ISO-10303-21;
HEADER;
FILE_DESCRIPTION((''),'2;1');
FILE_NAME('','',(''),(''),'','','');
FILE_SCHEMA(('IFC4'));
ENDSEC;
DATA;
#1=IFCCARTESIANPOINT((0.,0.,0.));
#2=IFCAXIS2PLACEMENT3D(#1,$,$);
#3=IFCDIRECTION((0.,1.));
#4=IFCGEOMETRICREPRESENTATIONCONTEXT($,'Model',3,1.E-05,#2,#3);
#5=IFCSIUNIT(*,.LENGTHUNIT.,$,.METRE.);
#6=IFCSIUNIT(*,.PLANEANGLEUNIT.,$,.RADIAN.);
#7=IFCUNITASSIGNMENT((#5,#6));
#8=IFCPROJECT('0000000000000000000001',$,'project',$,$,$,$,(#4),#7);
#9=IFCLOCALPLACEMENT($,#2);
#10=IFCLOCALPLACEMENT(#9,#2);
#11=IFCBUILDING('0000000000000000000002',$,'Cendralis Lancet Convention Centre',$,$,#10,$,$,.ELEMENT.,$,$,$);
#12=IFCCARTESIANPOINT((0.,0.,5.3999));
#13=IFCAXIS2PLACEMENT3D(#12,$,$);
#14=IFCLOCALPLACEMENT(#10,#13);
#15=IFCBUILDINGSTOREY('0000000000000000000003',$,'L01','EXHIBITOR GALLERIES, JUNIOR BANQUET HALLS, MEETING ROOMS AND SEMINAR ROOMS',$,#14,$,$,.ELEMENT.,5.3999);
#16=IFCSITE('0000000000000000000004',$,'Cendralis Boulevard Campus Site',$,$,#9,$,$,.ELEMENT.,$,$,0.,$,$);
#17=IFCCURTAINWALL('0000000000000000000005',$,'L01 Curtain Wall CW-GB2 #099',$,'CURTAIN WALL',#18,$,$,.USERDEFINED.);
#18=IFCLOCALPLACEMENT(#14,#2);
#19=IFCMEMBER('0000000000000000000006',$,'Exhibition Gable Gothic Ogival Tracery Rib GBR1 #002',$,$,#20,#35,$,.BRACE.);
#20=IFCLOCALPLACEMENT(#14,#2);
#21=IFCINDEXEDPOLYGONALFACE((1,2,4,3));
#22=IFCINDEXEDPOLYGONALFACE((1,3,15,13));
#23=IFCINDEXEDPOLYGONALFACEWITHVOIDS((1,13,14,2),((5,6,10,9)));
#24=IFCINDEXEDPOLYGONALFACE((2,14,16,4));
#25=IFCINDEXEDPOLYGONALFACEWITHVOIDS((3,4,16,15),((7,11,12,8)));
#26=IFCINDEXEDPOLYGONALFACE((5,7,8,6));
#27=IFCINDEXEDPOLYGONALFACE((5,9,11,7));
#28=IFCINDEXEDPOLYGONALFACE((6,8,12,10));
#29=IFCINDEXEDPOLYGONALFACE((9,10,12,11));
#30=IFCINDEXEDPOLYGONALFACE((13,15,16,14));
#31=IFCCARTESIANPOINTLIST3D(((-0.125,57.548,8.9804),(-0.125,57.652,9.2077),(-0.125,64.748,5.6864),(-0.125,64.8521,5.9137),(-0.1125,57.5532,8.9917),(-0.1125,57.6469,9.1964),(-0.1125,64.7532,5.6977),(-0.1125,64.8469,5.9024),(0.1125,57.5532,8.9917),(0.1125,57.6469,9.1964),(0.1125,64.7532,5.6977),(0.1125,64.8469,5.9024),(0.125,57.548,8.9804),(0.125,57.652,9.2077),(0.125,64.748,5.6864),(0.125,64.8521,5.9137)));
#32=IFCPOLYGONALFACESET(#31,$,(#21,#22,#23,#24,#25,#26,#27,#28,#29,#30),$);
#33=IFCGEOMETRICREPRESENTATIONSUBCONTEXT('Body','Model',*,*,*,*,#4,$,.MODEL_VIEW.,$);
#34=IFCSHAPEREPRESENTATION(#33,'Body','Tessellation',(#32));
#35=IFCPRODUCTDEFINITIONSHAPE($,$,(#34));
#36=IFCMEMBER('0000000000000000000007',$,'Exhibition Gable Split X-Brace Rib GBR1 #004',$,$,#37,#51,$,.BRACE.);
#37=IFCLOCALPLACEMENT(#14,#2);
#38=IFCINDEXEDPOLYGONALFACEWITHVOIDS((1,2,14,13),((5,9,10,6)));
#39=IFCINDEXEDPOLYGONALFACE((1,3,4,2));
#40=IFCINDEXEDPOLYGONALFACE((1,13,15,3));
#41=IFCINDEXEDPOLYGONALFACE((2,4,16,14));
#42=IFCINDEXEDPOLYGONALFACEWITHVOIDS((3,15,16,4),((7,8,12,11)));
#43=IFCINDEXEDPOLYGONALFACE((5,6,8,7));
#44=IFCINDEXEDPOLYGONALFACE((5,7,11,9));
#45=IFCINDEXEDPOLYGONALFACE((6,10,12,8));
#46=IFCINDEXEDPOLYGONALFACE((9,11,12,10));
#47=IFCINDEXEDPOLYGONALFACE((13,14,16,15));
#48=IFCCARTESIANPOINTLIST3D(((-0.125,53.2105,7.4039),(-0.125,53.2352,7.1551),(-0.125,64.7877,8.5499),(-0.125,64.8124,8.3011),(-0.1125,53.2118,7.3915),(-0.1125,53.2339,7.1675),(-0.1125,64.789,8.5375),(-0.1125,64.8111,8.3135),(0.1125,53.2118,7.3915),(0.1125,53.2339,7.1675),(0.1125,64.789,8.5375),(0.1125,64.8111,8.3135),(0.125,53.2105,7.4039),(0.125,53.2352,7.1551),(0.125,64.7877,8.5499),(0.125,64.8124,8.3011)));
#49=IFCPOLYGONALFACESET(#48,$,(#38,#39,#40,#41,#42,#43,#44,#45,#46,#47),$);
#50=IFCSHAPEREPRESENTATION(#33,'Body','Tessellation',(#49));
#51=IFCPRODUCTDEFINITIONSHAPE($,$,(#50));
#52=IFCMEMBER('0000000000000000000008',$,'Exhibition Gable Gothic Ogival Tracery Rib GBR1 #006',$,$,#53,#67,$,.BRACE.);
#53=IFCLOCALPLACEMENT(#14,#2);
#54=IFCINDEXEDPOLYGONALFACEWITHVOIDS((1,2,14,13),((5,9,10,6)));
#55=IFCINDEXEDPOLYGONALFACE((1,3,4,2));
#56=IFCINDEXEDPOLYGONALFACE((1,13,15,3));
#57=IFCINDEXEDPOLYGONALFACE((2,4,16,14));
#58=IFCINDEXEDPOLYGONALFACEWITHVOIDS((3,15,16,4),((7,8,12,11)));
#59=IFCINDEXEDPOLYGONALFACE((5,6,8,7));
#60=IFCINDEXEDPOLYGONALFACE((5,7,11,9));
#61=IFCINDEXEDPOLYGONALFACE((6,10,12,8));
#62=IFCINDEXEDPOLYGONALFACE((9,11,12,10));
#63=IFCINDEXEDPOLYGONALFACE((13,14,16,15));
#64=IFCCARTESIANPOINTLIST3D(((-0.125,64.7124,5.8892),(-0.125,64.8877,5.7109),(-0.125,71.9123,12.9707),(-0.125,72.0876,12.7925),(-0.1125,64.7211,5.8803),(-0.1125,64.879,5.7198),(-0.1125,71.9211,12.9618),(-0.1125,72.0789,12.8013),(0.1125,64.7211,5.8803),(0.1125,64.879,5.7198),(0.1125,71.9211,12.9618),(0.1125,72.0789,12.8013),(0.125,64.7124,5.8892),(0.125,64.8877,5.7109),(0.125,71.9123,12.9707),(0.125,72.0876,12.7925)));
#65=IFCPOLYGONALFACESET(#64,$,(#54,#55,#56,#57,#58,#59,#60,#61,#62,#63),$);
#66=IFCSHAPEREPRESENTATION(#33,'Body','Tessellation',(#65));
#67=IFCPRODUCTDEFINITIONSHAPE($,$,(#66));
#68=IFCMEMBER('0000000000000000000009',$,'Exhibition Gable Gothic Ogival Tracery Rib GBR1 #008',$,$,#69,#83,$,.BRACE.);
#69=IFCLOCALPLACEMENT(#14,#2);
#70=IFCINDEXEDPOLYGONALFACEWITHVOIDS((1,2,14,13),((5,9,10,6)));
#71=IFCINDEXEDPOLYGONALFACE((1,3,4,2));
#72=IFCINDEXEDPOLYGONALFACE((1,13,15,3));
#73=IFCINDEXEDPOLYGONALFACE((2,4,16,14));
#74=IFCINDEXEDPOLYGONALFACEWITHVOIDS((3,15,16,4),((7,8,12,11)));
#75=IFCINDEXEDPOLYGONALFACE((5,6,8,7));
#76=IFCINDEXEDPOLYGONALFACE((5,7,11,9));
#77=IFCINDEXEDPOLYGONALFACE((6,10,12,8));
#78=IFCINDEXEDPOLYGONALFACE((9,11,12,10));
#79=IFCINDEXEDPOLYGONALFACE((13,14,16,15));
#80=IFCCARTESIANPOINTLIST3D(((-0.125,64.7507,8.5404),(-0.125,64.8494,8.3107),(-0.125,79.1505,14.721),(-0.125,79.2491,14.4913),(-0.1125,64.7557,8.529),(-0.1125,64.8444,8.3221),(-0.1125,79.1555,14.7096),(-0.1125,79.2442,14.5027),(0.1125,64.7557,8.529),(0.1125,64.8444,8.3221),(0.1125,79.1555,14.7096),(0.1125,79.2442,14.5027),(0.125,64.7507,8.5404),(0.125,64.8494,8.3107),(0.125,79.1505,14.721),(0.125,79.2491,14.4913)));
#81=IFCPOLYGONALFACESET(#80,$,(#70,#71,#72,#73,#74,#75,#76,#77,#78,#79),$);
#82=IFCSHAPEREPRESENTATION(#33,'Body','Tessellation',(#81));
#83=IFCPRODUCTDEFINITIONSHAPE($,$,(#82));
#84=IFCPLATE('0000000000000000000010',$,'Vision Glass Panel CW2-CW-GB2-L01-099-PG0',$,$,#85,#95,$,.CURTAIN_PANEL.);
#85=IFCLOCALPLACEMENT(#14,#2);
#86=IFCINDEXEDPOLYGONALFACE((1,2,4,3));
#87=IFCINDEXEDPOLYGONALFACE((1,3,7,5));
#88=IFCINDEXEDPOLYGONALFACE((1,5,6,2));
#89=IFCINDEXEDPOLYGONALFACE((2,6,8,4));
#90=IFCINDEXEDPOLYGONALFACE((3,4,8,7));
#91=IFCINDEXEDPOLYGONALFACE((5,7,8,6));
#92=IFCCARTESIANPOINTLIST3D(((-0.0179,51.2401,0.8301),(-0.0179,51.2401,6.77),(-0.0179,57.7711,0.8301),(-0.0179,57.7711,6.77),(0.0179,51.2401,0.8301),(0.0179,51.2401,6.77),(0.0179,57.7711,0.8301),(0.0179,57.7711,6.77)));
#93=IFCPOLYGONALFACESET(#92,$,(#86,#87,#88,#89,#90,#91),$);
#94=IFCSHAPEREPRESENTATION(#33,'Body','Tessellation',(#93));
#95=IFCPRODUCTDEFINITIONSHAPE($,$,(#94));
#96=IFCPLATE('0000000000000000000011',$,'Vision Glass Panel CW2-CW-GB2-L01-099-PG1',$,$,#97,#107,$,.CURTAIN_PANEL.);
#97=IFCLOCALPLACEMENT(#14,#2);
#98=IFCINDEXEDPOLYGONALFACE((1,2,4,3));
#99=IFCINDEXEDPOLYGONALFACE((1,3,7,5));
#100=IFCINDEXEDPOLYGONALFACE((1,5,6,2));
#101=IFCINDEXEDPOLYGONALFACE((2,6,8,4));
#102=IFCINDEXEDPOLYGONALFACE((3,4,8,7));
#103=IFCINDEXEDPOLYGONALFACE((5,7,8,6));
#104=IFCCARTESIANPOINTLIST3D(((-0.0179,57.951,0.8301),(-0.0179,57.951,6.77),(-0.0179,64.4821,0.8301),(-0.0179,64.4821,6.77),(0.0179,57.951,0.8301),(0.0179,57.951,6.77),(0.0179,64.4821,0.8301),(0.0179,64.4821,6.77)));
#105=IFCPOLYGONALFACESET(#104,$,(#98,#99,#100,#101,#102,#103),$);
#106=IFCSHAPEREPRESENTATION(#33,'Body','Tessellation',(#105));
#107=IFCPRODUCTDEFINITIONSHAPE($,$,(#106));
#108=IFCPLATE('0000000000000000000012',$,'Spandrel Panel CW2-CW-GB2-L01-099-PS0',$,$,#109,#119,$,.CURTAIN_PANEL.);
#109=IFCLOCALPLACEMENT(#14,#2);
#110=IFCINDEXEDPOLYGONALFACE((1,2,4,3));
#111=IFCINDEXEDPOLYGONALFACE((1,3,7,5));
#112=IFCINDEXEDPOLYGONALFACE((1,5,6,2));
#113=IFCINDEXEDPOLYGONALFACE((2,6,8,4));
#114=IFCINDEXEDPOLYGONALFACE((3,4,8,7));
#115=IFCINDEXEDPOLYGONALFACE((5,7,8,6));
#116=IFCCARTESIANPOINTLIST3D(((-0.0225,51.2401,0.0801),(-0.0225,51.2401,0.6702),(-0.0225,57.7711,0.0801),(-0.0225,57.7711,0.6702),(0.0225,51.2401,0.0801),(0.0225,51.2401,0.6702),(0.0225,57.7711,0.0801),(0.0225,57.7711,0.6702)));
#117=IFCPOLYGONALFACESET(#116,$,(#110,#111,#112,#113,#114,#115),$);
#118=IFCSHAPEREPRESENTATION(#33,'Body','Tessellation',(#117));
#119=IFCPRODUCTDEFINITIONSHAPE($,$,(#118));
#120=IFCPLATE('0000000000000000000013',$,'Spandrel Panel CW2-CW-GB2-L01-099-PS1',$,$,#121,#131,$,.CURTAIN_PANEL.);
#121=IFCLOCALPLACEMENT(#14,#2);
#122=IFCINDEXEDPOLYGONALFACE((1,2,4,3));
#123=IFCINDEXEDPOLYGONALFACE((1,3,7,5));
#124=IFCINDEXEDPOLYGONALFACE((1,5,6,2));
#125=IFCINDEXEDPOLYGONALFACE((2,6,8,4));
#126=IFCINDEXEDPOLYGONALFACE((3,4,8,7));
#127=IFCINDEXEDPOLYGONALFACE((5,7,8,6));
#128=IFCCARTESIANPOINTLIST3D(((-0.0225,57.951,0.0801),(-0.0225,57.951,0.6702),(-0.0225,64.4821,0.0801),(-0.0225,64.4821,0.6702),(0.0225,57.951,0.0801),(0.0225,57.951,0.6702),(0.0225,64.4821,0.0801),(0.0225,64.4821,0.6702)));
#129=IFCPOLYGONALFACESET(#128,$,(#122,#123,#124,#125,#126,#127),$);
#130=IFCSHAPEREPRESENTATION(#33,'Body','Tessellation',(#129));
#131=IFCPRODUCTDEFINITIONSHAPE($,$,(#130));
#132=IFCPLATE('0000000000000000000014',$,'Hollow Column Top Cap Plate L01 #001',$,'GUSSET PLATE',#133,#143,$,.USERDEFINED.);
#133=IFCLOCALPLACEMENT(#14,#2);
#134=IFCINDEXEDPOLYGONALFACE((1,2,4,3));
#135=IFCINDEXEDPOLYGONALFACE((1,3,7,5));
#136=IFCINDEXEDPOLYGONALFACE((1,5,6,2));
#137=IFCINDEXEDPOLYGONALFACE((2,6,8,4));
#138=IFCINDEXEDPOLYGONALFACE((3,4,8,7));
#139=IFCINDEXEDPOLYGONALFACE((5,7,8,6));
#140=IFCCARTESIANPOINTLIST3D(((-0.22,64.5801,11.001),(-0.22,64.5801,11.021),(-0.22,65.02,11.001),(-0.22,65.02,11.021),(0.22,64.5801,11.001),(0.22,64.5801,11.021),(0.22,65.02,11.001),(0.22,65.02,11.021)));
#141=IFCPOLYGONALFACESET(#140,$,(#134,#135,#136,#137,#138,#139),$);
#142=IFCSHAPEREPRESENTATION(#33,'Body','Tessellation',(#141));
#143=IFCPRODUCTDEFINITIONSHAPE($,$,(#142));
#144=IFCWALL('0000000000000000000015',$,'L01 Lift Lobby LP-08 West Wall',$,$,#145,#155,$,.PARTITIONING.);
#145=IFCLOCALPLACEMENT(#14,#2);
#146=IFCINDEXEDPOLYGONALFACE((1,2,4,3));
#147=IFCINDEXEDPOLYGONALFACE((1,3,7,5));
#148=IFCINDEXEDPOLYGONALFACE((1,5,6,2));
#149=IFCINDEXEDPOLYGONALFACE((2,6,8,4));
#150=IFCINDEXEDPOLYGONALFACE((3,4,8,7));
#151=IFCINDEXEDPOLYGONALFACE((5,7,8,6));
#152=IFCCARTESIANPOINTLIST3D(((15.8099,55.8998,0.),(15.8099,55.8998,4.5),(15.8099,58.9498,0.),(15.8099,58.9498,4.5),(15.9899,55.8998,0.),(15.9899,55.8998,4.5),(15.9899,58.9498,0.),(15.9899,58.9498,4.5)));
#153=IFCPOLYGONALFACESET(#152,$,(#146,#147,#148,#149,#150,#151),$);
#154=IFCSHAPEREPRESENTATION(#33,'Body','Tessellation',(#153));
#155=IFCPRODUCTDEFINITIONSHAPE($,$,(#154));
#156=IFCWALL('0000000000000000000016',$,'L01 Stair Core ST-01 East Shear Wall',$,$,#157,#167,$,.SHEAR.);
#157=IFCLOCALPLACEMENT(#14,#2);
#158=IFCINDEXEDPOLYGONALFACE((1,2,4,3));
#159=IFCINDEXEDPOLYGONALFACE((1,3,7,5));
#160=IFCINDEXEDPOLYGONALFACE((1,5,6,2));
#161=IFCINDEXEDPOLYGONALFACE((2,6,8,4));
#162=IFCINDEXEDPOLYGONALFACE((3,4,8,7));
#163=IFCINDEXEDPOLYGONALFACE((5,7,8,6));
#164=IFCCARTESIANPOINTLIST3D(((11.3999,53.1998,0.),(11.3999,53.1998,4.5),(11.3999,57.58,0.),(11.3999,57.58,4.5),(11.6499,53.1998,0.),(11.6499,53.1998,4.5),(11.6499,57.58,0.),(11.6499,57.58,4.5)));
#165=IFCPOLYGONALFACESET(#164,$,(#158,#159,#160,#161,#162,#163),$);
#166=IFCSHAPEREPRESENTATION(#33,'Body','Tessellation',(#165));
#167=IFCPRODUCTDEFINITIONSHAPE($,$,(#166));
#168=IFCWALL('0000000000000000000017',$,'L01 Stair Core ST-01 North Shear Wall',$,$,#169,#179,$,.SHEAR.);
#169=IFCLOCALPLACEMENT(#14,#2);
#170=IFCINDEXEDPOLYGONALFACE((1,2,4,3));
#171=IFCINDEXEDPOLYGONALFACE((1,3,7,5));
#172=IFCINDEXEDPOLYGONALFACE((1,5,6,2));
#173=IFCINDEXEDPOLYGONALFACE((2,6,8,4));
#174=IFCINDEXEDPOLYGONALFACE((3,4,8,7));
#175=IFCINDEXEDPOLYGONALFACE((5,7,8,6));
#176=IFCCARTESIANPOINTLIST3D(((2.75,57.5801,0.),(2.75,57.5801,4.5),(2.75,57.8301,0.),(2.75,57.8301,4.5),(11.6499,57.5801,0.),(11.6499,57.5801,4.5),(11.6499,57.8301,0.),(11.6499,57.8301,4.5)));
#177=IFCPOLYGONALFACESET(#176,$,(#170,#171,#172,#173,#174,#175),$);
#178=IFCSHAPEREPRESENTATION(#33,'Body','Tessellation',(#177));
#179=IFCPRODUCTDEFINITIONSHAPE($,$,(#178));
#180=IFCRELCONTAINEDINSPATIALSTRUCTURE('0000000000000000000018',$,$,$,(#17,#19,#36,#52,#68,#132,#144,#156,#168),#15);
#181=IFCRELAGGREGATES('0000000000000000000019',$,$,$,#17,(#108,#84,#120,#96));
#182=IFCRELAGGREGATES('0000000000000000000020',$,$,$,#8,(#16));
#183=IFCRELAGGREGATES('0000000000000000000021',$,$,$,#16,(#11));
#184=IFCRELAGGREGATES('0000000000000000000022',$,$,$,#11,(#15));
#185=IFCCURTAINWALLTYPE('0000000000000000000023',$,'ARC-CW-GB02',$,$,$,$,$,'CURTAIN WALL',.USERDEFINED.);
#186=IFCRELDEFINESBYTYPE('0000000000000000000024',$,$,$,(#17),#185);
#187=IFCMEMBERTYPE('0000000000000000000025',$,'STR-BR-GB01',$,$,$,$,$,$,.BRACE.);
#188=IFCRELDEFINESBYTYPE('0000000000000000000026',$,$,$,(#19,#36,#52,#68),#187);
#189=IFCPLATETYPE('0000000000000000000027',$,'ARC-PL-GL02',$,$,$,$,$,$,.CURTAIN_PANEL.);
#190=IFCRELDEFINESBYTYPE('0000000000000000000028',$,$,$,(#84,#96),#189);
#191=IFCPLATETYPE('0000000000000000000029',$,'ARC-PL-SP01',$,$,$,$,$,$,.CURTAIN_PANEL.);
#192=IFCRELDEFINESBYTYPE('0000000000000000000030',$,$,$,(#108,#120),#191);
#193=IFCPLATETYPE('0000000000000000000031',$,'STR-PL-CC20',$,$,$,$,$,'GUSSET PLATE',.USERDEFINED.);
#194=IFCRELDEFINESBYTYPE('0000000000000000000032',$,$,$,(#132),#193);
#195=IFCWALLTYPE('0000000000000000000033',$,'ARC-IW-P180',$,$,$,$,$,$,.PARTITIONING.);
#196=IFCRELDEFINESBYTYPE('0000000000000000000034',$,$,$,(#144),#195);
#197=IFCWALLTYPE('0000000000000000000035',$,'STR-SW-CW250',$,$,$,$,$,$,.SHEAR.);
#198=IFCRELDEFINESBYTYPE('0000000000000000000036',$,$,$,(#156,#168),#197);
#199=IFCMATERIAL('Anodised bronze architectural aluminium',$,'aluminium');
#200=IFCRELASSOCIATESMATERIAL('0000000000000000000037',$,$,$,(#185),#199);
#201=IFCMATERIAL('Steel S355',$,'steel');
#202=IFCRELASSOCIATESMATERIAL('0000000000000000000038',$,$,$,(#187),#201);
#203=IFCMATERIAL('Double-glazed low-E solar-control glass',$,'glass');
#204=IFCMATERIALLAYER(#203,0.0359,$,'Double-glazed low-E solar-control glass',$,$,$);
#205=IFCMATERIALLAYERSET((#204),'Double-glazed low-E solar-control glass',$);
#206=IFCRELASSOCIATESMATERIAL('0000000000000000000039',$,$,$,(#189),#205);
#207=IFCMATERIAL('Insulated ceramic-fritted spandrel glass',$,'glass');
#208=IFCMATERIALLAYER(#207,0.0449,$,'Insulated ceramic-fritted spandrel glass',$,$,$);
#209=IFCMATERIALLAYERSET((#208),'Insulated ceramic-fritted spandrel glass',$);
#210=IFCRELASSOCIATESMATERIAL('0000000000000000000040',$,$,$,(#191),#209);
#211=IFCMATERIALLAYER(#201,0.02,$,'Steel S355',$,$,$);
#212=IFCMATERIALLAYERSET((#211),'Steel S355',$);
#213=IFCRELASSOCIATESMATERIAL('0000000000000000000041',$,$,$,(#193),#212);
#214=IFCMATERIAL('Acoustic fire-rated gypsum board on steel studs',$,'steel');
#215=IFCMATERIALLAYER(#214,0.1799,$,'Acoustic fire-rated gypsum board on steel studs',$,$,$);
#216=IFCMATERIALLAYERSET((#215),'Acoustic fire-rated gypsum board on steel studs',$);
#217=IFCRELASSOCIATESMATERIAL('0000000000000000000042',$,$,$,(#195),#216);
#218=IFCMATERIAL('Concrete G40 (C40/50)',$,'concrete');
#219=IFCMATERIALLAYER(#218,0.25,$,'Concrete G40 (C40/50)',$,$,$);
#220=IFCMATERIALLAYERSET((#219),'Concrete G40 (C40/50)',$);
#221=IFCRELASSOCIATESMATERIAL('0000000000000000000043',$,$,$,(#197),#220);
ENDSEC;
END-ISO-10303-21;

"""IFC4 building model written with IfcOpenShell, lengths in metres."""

from ifc_helpers import new_model, si_unit, direction, frame, frame_2d, origin, origin_2d, place, context, subcontext, project, spatial, rectangle, hollow_rectangle, extrude, material, layer, layer_set, material_profile, profile_set, type_object, element, aggregate, save


model = new_model("IFC4")

# Units and contexts
model_context = context("Model", 3, precision=1e-05, world=origin(), true_north=direction((0.0, 1.0)))
body_context = subcontext(model_context, "Body", "Model", "MODEL_VIEW")
ifc_project = project(units=[si_unit("LENGTHUNIT", "METRE"), si_unit("PLANEANGLEUNIT", "RADIAN")], contexts=[model_context])

# Site, building, storey
site_placement = place(None, origin())
site = spatial("IfcSite", under=ifc_project, at=site_placement, Name="Cendralis Boulevard Campus Site", CompositionType="ELEMENT", RefElevation=0.0)
building_placement = place(site_placement, origin())
building = spatial("IfcBuilding", under=site, at=building_placement, Name="Cendralis Lancet Convention Centre", CompositionType="ELEMENT")
storey_placement = place(building_placement, frame((0.0, 0.0, 5.3999)))
storey = spatial("IfcBuildingStorey", under=building, at=storey_placement, Name="L01", Description="EXHIBITOR GALLERIES, JUNIOR BANQUET HALLS, MEETING ROOMS AND SEMINAR ROOMS", CompositionType="ELEMENT", Elevation=5.3999)

# Shared definitions
ifc_material_1 = material(Name="Steel S355", Category="steel")

# Curtain wall
ifc_material_2 = material(Name="Anodised bronze architectural aluminium", Category="aluminium")
curtain_wall_type = type_object("IfcCurtainWallType", Name="ARC-CW-GB02", ElementType="CURTAIN WALL", PredefinedType="USERDEFINED", material=ifc_material_2)
curtain_wall_placement = place(storey_placement, origin())
curtain_wall = element("IfcCurtainWall", 1, at=curtain_wall_placement, inside=storey, type_object=curtain_wall_type, Name="L01 Curtain Wall CW-GB2 #099", ObjectType="CURTAIN WALL", PredefinedType="USERDEFINED")

# Members
ifc_material_profile_1 = material_profile(ifc_material_1, hollow_rectangle(XDim=0.25, YDim=0.25, WallThickness=0.0125, at=origin_2d()), Name="SHS 250x250x12.5")
ifc_profile_set_1 = profile_set([ifc_material_profile_1], Name="Steel S355")
member_type_1 = type_object("IfcMemberType", Name="STR-BR-GB01", PredefinedType="BRACE", material=ifc_profile_set_1)
member_1_placement = place(storey_placement, frame((0.0, 64.8, 5.8), z_axis=(0.0, -0.909353, 0.416025), x_axis=(1.0, 0.0, 0.0)))
element("IfcMember", 2, at=member_1_placement, inside=storey, type_object=member_type_1, Name="Exhibition Gable Gothic Ogival Tracery Rib GBR1 #002", PredefinedType="BRACE", context=body_context, shape_type="SweptSolid", body=[
    extrude(hollow_rectangle(XDim=0.25, YDim=0.25, WallThickness=0.0125, at=origin_2d()), origin(), (0.0, 0.0, 1.0), 7.9177),
])
member_2_placement = place(storey_placement, frame((0.0, 64.8, 8.4255), z_axis=(0.0, -0.995136, -0.098506), x_axis=(1.0, 0.0, 0.0)))
element("IfcMember", 3, at=member_2_placement, inside=storey, type_object=member_type_1, Name="Exhibition Gable Split X-Brace Rib GBR1 #004", PredefinedType="BRACE", context=body_context, shape_type="SweptSolid", body=[
    extrude(hollow_rectangle(XDim=0.25, YDim=0.25, WallThickness=0.0125, at=origin_2d()), origin(), (0.0, 0.0, 1.0), 11.6338),
])
member_3_placement = place(storey_placement, frame((0.0, 64.8, 5.8), z_axis=(0.0, 0.712945, 0.70122), x_axis=(-1.0, 0.0, 0.0)))
element("IfcMember", 4, at=member_3_placement, inside=storey, type_object=member_type_1, Name="Exhibition Gable Gothic Ogival Tracery Rib GBR1 #006", PredefinedType="BRACE", context=body_context, shape_type="SweptSolid", body=[
    extrude(hollow_rectangle(XDim=0.25, YDim=0.25, WallThickness=0.0125, at=origin_2d()), origin(), (0.0, 0.0, 1.0), 10.0989),
])
member_4_placement = place(storey_placement, frame((0.0, 64.8, 8.4255), z_axis=(0.0, 0.918931, 0.394419), x_axis=(-1.0, 0.0, 0.0)))
element("IfcMember", 5, at=member_4_placement, inside=storey, type_object=member_type_1, Name="Exhibition Gable Gothic Ogival Tracery Rib GBR1 #008", PredefinedType="BRACE", context=body_context, shape_type="SweptSolid", body=[
    extrude(hollow_rectangle(XDim=0.25, YDim=0.25, WallThickness=0.0125, at=origin_2d()), origin(), (0.0, 0.0, 1.0), 15.6702),
])

# Plates
ifc_material_3 = material(Name="Double-glazed low-E solar-control glass", Category="glass")
ifc_layer_1 = layer(ifc_material_3, 0.0359, Name="Double-glazed low-E solar-control glass")
ifc_layer_set_1 = layer_set([ifc_layer_1], Name="Double-glazed low-E solar-control glass")
plate_type_1 = type_object("IfcPlateType", Name="ARC-PL-GL02", PredefinedType="CURTAIN_PANEL", material=ifc_layer_set_1)
plate_1_placement = place(storey_placement, frame((0.0, 54.5056, 0.8301), z_axis=(0.0, 0.0, 1.0), x_axis=(0.0, 1.0, 0.0)))
plate_1 = element("IfcPlate", 6, at=plate_1_placement, type_object=plate_type_1, Name="Vision Glass Panel CW2-CW-GB2-L01-099-PG0", PredefinedType="CURTAIN_PANEL", context=body_context, shape_type="SweptSolid", body=[
    extrude(rectangle(XDim=6.531, YDim=0.0359, at=origin_2d()), origin(), (0.0, 0.0, 1.0), 5.9399),
])
plate_2_placement = place(storey_placement, frame((0.0, 61.2166, 0.8301), z_axis=(0.0, 0.0, 1.0), x_axis=(0.0, 1.0, 0.0)))
plate_2 = element("IfcPlate", 7, at=plate_2_placement, type_object=plate_type_1, Name="Vision Glass Panel CW2-CW-GB2-L01-099-PG1", PredefinedType="CURTAIN_PANEL", context=body_context, shape_type="SweptSolid", body=[
    extrude(rectangle(XDim=6.531, YDim=0.0359, at=origin_2d()), origin(), (0.0, 0.0, 1.0), 5.9399),
])
ifc_material_4 = material(Name="Insulated ceramic-fritted spandrel glass", Category="glass")
ifc_layer_2 = layer(ifc_material_4, 0.0449, Name="Insulated ceramic-fritted spandrel glass")
ifc_layer_set_2 = layer_set([ifc_layer_2], Name="Insulated ceramic-fritted spandrel glass")
plate_type_2 = type_object("IfcPlateType", Name="ARC-PL-SP01", PredefinedType="CURTAIN_PANEL", material=ifc_layer_set_2)
plate_3_placement = place(storey_placement, frame((0.0, 54.5056, 0.0801), z_axis=(0.0, 0.0, 1.0), x_axis=(0.0, 1.0, 0.0)))
plate_3 = element("IfcPlate", 8, at=plate_3_placement, type_object=plate_type_2, Name="Spandrel Panel CW2-CW-GB2-L01-099-PS0", PredefinedType="CURTAIN_PANEL", context=body_context, shape_type="SweptSolid", body=[
    extrude(rectangle(XDim=6.531, YDim=0.0449, at=origin_2d()), origin(), (0.0, 0.0, 1.0), 0.5901),
])
plate_4_placement = place(storey_placement, frame((0.0, 61.2166, 0.0801), z_axis=(0.0, 0.0, 1.0), x_axis=(0.0, 1.0, 0.0)))
plate_4 = element("IfcPlate", 9, at=plate_4_placement, type_object=plate_type_2, Name="Spandrel Panel CW2-CW-GB2-L01-099-PS1", PredefinedType="CURTAIN_PANEL", context=body_context, shape_type="SweptSolid", body=[
    extrude(rectangle(XDim=6.531, YDim=0.0449, at=origin_2d()), origin(), (0.0, 0.0, 1.0), 0.5901),
])
aggregate(curtain_wall, [plate_3, plate_1, plate_4, plate_2])
ifc_layer_3 = layer(ifc_material_1, 0.02, Name="Steel S355")
ifc_layer_set_3 = layer_set([ifc_layer_3], Name="Steel S355")
plate_type_3 = type_object("IfcPlateType", Name="STR-PL-CC20", ElementType="GUSSET PLATE", PredefinedType="USERDEFINED", material=ifc_layer_set_3)
plate_5_placement = place(storey_placement, frame((0.0, 64.8, 11.001), z_axis=(0.0, 0.0, 1.0), x_axis=(1.0, 0.0, 0.0)))
element("IfcPlate", 10, at=plate_5_placement, inside=storey, type_object=plate_type_3, Name="Hollow Column Top Cap Plate L01 #001", ObjectType="GUSSET PLATE", PredefinedType="USERDEFINED", context=body_context, shape_type="SweptSolid", body=[
    extrude(rectangle(XDim=0.4399, YDim=0.4399, at=origin_2d()), origin(), (0.0, 0.0, 1.0), 0.02),
])

# Shared definitions
ifc_material_5 = material(Name="Acoustic fire-rated gypsum board on steel studs", Category="steel")
ifc_layer_4 = layer(ifc_material_5, 0.1799, Name="Acoustic fire-rated gypsum board on steel studs")
ifc_layer_set_4 = layer_set([ifc_layer_4], Name="Acoustic fire-rated gypsum board on steel studs")
wall_type_1 = type_object("IfcWallType", Name="ARC-IW-P180", PredefinedType="PARTITIONING", material=ifc_layer_set_4)

# Walls
wall_1_placement = place(storey_placement, frame((15.8999, 55.8999, 0.0), z_axis=(0.0, 0.0, 1.0), x_axis=(0.0, 1.0, 0.0)))
element("IfcWall", 11, at=wall_1_placement, inside=storey, type_object=wall_type_1, Name="L01 Lift Lobby LP-08 West Wall", PredefinedType="PARTITIONING", context=body_context, shape_type="SweptSolid", body=[
    extrude(rectangle(XDim=3.05, YDim=0.1799, at=frame_2d((1.5249, 0.0))), origin(), (0.0, 0.0, 1.0), 4.5),
])
ifc_material_6 = material(Name="Concrete G40 (C40/50)", Category="concrete")
ifc_layer_5 = layer(ifc_material_6, 0.25, Name="Concrete G40 (C40/50)")
ifc_layer_set_5 = layer_set([ifc_layer_5], Name="Concrete G40 (C40/50)")
wall_type_2 = type_object("IfcWallType", Name="STR-SW-CW250", PredefinedType="SHEAR", material=ifc_layer_set_5)
wall_2_placement = place(storey_placement, frame((11.5249, 53.2, 0.0), z_axis=(0.0, 0.0, 1.0), x_axis=(0.0, 1.0, 0.0)))
element("IfcWall", 12, at=wall_2_placement, inside=storey, type_object=wall_type_2, Name="L01 Stair Core ST-01 East Shear Wall", PredefinedType="SHEAR", context=body_context, shape_type="SweptSolid", body=[
    extrude(rectangle(XDim=4.3801, YDim=0.25, at=frame_2d((2.1899, 0.0))), origin(), (0.0, 0.0, 1.0), 4.5),
])
wall_3_placement = place(storey_placement, frame((2.75, 57.7051, 0.0), z_axis=(0.0, 0.0, 1.0), x_axis=(1.0, 0.0, 0.0)))
element("IfcWall", 13, at=wall_3_placement, inside=storey, type_object=wall_type_2, Name="L01 Stair Core ST-01 North Shear Wall", PredefinedType="SHEAR", context=body_context, shape_type="SweptSolid", body=[
    extrude(rectangle(XDim=8.8999, YDim=0.25, at=frame_2d((4.45, 0.0))), origin(), (0.0, 0.0, 1.0), 4.5),
])

save(model, "model.ifc")
